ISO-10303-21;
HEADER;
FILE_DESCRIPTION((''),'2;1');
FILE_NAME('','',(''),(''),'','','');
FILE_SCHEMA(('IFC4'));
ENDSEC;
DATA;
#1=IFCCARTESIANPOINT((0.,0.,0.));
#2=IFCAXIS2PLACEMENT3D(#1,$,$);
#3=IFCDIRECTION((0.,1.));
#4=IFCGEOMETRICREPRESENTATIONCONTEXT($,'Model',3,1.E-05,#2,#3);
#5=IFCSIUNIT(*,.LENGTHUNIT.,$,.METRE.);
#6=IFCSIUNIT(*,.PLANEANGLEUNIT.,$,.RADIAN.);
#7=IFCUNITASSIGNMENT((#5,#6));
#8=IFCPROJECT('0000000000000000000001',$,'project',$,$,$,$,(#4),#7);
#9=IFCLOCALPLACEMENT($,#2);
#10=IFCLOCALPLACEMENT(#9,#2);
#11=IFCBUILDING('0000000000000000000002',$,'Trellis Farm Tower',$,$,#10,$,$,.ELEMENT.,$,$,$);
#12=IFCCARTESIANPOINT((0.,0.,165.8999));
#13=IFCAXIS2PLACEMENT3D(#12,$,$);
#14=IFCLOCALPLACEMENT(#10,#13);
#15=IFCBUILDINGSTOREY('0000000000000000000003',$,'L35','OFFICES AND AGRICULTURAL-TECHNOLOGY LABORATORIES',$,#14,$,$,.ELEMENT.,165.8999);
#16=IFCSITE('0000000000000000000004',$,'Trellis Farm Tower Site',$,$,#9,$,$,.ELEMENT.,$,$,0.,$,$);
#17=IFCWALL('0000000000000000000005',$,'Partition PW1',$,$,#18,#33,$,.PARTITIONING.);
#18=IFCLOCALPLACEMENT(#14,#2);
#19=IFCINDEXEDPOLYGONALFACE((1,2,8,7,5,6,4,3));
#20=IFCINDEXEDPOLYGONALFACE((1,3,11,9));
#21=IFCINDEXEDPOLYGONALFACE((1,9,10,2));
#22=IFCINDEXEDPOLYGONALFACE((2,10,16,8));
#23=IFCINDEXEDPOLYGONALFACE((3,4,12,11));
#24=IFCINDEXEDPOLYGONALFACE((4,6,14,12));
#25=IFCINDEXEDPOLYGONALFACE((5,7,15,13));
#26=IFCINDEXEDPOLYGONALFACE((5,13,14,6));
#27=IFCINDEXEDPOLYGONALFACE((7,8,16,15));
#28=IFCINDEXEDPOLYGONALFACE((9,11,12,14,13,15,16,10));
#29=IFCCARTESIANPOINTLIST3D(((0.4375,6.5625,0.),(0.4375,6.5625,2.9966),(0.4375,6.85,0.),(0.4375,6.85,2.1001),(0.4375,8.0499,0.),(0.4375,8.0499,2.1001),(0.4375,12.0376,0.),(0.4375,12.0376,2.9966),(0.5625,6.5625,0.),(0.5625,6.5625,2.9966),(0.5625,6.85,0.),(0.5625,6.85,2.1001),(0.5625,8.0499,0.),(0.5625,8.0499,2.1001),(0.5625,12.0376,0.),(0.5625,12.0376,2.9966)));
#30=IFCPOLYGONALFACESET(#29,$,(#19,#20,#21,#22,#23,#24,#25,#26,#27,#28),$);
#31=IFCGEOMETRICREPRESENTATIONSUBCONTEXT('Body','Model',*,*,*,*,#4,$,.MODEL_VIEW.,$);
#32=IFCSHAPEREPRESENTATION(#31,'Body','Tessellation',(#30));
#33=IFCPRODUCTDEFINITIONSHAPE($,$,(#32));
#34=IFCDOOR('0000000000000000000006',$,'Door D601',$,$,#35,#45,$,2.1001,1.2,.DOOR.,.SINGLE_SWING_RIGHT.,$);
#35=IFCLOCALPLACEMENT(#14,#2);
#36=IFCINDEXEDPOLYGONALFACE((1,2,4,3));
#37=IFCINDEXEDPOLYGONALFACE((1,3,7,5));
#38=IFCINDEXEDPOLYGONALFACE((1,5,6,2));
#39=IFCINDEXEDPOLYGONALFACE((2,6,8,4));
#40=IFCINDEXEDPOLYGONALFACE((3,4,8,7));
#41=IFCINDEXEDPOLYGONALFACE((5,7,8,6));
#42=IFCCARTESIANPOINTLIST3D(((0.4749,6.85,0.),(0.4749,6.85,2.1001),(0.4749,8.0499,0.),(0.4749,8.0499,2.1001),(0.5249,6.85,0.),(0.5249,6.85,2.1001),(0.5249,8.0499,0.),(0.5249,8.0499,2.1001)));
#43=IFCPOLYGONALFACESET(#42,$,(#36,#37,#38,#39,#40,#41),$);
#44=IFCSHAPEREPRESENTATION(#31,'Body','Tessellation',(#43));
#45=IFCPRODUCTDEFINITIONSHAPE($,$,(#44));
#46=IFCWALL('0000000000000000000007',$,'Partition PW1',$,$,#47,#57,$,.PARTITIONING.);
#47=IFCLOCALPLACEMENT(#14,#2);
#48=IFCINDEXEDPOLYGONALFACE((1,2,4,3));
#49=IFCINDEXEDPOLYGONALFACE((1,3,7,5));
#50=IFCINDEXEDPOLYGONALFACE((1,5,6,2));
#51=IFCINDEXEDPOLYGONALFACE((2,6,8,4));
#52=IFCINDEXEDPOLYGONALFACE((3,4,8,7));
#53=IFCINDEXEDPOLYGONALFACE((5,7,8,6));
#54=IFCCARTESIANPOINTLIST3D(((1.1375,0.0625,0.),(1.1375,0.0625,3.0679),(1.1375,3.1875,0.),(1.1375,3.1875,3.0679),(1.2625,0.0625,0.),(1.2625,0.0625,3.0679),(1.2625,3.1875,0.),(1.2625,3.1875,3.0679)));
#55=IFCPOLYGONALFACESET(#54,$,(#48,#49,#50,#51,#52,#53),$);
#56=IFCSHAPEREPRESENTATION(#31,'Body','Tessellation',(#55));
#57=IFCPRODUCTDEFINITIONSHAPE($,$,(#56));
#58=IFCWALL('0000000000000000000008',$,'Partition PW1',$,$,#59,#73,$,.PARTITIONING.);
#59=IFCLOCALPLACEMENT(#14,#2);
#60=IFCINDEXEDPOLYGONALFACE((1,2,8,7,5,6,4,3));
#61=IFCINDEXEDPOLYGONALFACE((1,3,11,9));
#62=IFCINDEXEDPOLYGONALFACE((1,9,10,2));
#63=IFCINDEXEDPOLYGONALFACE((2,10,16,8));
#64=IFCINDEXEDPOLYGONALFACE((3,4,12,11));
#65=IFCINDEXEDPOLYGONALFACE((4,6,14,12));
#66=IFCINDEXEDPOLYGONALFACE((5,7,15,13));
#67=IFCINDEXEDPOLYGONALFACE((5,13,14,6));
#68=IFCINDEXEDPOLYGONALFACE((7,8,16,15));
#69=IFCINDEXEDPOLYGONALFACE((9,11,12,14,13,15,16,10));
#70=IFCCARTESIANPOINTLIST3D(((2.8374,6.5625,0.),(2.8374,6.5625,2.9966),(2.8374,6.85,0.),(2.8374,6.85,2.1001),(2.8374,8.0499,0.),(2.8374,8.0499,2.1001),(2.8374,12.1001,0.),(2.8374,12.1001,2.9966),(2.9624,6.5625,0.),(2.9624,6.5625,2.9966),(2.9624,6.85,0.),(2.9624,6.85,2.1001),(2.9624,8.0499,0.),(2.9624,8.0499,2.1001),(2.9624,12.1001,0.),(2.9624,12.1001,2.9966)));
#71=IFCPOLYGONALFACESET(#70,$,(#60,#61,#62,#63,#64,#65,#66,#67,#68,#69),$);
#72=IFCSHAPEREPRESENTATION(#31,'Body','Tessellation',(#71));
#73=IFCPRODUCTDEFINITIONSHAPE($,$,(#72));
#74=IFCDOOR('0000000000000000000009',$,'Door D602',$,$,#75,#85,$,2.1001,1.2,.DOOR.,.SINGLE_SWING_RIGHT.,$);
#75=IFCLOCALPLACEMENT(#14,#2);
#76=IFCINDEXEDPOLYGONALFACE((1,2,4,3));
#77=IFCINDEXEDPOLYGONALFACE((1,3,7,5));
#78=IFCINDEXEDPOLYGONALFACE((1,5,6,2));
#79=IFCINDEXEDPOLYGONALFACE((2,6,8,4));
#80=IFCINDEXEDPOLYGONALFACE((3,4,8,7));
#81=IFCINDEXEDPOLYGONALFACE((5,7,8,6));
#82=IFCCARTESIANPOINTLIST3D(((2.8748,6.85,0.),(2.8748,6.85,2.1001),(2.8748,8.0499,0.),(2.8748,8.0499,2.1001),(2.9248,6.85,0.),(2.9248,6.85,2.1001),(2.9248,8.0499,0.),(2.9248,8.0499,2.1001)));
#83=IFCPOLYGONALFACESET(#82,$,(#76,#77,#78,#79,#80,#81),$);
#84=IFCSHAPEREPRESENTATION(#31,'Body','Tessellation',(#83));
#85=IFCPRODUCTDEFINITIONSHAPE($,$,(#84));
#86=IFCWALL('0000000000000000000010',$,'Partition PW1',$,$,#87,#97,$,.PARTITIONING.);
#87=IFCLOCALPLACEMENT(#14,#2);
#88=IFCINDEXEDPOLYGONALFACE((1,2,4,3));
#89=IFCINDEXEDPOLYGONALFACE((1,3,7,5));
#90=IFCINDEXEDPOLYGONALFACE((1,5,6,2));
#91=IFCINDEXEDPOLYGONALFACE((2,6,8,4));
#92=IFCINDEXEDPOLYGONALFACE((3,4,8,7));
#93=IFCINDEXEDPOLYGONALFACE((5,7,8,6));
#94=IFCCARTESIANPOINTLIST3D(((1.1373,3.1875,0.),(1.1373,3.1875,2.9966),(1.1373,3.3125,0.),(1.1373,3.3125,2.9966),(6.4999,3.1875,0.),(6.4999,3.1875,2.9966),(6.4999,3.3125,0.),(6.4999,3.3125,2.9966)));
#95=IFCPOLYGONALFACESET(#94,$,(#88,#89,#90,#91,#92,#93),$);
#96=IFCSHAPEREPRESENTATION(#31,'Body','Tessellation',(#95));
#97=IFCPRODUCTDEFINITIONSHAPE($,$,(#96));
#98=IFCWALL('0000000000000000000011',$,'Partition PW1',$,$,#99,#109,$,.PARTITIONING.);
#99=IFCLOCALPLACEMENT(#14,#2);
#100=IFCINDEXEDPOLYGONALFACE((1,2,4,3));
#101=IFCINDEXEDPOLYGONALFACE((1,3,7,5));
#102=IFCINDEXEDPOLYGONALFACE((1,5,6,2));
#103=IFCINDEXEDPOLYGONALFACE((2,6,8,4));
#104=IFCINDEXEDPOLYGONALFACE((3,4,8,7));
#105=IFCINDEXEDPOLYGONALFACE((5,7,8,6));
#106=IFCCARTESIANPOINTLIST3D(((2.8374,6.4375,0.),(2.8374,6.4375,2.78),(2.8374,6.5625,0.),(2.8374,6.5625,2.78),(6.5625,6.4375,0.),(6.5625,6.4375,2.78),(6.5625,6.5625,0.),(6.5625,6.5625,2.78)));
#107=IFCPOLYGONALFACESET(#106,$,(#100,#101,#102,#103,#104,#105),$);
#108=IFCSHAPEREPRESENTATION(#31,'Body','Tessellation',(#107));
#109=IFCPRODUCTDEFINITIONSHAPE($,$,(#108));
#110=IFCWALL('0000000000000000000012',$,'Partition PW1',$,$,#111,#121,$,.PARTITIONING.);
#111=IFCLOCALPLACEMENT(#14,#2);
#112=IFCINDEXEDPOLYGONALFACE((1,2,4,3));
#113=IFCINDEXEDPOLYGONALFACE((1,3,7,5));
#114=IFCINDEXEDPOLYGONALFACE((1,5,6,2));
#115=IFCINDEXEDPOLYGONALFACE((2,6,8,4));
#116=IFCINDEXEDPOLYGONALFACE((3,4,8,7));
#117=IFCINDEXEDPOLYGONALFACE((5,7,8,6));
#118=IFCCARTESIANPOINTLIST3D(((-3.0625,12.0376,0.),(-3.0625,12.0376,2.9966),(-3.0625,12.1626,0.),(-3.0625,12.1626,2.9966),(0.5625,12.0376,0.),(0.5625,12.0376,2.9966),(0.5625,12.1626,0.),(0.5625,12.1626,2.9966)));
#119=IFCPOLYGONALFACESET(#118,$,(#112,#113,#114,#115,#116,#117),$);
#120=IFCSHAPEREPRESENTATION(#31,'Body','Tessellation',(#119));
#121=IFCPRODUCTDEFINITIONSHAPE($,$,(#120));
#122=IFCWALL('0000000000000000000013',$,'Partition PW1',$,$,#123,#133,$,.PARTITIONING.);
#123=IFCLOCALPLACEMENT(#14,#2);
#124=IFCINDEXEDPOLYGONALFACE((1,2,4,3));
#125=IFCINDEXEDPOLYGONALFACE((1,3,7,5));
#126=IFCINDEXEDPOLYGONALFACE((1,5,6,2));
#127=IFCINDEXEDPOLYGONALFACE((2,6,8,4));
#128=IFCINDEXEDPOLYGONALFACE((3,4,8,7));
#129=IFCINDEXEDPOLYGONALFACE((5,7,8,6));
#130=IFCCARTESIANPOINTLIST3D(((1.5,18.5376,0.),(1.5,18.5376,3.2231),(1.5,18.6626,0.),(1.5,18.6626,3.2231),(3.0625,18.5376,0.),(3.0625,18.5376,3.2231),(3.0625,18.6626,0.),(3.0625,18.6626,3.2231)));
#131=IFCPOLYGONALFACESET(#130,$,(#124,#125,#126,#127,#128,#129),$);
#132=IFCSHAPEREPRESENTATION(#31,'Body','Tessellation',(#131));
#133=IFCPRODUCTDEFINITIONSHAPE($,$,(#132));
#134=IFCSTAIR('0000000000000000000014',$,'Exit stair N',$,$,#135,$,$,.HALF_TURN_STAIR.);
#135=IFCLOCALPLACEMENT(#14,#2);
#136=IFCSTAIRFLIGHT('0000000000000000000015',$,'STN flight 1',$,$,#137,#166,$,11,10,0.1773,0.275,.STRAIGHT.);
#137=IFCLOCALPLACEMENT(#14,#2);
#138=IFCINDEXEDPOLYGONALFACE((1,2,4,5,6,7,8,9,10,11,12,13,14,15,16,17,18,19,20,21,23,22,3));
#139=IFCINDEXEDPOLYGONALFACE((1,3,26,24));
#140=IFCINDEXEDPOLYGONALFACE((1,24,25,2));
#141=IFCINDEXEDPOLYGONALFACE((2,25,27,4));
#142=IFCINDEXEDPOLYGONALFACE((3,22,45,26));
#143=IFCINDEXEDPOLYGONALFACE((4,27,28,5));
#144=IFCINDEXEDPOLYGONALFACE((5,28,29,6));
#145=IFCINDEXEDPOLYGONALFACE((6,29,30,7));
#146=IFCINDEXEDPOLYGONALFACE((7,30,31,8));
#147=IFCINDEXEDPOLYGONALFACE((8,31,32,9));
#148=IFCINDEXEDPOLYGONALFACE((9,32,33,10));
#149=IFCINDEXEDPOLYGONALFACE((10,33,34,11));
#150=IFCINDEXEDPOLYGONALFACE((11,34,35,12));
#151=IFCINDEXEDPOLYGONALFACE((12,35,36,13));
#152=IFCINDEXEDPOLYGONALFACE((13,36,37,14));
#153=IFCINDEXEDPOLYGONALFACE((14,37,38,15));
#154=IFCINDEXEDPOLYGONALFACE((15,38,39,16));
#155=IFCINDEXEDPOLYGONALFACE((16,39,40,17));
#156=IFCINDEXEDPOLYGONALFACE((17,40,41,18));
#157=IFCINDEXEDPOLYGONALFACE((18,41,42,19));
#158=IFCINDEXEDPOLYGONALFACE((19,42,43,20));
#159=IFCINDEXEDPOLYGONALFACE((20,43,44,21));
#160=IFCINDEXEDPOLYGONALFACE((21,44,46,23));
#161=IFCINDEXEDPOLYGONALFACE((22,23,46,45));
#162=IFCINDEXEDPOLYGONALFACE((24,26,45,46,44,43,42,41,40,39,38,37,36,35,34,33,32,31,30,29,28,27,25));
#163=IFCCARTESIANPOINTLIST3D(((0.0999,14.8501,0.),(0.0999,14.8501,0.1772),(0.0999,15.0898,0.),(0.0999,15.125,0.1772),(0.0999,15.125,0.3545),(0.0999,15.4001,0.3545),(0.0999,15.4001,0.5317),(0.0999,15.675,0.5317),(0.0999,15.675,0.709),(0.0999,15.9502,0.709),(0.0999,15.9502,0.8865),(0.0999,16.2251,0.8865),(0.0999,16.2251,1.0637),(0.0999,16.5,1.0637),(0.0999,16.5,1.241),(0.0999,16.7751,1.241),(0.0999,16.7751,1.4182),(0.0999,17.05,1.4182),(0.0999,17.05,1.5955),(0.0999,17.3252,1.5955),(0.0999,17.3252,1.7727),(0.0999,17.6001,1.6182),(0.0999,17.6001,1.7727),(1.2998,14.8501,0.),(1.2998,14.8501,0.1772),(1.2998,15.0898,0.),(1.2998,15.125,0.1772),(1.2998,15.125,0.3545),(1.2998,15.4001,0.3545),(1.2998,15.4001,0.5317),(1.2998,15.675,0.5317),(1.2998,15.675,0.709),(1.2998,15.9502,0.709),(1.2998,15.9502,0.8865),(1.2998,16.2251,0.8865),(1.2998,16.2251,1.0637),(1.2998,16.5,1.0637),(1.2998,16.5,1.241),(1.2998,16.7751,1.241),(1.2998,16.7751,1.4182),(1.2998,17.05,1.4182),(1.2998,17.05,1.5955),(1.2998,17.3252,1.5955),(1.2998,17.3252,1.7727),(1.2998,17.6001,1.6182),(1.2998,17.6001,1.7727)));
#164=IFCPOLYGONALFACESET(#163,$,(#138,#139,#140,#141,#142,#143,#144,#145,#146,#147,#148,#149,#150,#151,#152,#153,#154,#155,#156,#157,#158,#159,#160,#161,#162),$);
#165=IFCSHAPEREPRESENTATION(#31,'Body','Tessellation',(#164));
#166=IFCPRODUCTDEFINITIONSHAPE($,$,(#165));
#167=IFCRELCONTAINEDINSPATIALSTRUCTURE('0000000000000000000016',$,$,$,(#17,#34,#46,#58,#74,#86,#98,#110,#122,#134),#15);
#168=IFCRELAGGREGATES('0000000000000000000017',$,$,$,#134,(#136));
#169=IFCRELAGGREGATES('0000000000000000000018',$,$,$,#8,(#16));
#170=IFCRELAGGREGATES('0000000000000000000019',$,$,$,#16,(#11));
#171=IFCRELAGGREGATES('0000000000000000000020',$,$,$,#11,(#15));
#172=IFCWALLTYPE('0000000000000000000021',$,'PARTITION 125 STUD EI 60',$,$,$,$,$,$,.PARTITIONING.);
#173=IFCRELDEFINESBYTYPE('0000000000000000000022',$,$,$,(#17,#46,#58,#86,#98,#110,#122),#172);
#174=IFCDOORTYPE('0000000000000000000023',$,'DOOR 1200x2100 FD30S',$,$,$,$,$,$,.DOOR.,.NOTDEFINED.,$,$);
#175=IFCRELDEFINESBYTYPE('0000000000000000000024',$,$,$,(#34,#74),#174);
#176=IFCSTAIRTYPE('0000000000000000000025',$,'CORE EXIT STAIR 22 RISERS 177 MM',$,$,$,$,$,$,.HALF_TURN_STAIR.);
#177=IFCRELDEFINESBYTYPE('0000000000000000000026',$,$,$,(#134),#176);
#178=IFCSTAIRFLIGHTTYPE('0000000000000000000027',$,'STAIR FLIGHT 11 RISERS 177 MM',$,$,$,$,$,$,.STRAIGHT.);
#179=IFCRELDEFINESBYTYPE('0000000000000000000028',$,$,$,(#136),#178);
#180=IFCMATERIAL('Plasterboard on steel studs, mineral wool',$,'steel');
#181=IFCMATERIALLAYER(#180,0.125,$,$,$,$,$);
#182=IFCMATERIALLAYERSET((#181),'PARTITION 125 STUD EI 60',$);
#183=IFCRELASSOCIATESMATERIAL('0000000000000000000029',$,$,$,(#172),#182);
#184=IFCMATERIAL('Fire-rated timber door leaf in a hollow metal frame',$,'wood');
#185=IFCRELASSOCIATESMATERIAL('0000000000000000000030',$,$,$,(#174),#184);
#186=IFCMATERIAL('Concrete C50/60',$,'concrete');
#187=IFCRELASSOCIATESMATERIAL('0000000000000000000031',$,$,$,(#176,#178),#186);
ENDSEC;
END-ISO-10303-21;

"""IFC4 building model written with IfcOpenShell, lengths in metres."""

from ifc_helpers import new_model, si_unit, direction, frame, frame_2d, origin, place, context, subcontext, project, spatial, polyline, rectangle, outline, extrude, source, transform, mapped, material, layer, layer_set, type_object, element, fill, aggregate, save


model = new_model("IFC4")

# Units and contexts
model_context = context("Model", 3, precision=1e-05, world=origin(), true_north=direction((0.0, 1.0)))
body_context = subcontext(model_context, "Body", "Model", "MODEL_VIEW")
ifc_project = project(units=[si_unit("LENGTHUNIT", "METRE"), si_unit("PLANEANGLEUNIT", "RADIAN")], contexts=[model_context])

# Site, building, storey
site_placement = place(None, origin())
site = spatial("IfcSite", under=ifc_project, at=site_placement, Name="Trellis Farm Tower Site", CompositionType="ELEMENT", RefElevation=0.0)
building_placement = place(site_placement, origin())
building = spatial("IfcBuilding", under=site, at=building_placement, Name="Trellis Farm Tower", CompositionType="ELEMENT")
storey_placement = place(building_placement, frame((0.0, 0.0, 165.8999)))
storey = spatial("IfcBuildingStorey", under=building, at=storey_placement, Name="L35", Description="OFFICES AND AGRICULTURAL-TECHNOLOGY LABORATORIES", CompositionType="ELEMENT", Elevation=165.8999)

# Shared definitions
placement_1 = place(storey_placement, origin())

# Wall, opening, door
ifc_material_1 = material(Name="Plasterboard on steel studs, mineral wool", Category="steel")
ifc_layer_1 = layer(ifc_material_1, 0.125)
ifc_layer_set_1 = layer_set([ifc_layer_1], Name="PARTITION 125 STUD EI 60")
wall_type_1 = type_object("IfcWallType", Name="PARTITION 125 STUD EI 60", PredefinedType="PARTITIONING", material=ifc_layer_set_1)
shared_shape_1 = source(origin(), body_context, "Body", "SweptSolid", [
    extrude(rectangle(XDim=5.4751, YDim=0.125, at=frame_2d((2.7375, 0.0))), origin(), (0.0, 0.0, 1.0), 2.9966),
])
wall_1_placement = place(storey_placement, frame((0.5, 12.0376, 0.0), z_axis=(0.0, 0.0, 1.0), x_axis=(0.0, -1.0, 0.0)))
wall_1 = element("IfcWall", 1, at=wall_1_placement, inside=storey, type_object=wall_type_1, Name="Partition PW1", PredefinedType="PARTITIONING", context=body_context, shape_type="MappedRepresentation", body=[
    mapped(shared_shape_1, transform((0.0, 0.0, 0.0))),
])
shared_shape_2 = source(origin(), body_context, "Body", "SweptSolid", [
    extrude(rectangle(XDim=1.2, YDim=2.1001, at=frame_2d((0.6001, 1.05))), frame((0.0, 0.0725, 0.0), z_axis=(0.0, -1.0, 0.0), x_axis=(1.0, 0.0, 0.0)), (0.0, 0.0, 1.0), 0.145),
])
opening_1_placement = place(wall_1_placement, frame((3.9875, 0.0, 0.0)))
opening_1 = element("IfcOpeningElement", 2, at=opening_1_placement, cuts=wall_1, PredefinedType="OPENING", context=body_context, shape_type="MappedRepresentation", body=[
    mapped(shared_shape_2, transform((0.0, 0.0, 0.0))),
])
ifc_material_2 = material(Name="Fire-rated timber door leaf in a hollow metal frame", Category="wood")
door_type = type_object("IfcDoorType", Name="DOOR 1200x2100 FD30S", OperationType="NOTDEFINED", PredefinedType="DOOR", material=ifc_material_2)
shared_shape_3 = source(origin(), body_context, "Body", "SweptSolid", [
    extrude(rectangle(XDim=1.2, YDim=2.1001, at=frame_2d((0.6001, 1.05))), frame((0.0, 0.0249, 0.0), z_axis=(0.0, -1.0, 0.0), x_axis=(1.0, 0.0, 0.0)), (0.0, 0.0, 1.0), 0.05),
])
door_1_placement = place(opening_1_placement, origin())
door_1 = element("IfcDoor", 3, at=door_1_placement, inside=storey, type_object=door_type, Name="Door D601", OperationType="SINGLE_SWING_RIGHT", OverallHeight=2.1001, OverallWidth=1.2, PredefinedType="DOOR", context=body_context, shape_type="MappedRepresentation", body=[
    mapped(shared_shape_3, transform((0.0, 0.0, 0.0))),
])
fill(opening_1, door_1)

# Wall
shared_shape_4 = source(origin(), body_context, "Body", "SweptSolid", [
    extrude(rectangle(XDim=3.125, YDim=0.125, at=frame_2d((1.5625, 0.0))), origin(), (0.0, 0.0, 1.0), 3.0679),
])
wall_2_placement = place(storey_placement, frame((1.2, 3.1875, 0.0), z_axis=(0.0, 0.0, 1.0), x_axis=(0.0, -1.0, 0.0)))
element("IfcWall", 4, at=wall_2_placement, inside=storey, type_object=wall_type_1, Name="Partition PW1", PredefinedType="PARTITIONING", context=body_context, shape_type="MappedRepresentation", body=[
    mapped(shared_shape_4, transform((0.0, 0.0, 0.0))),
])

# Wall, opening, door
shared_shape_5 = source(origin(), body_context, "Body", "SweptSolid", [
    extrude(rectangle(XDim=5.5376, YDim=0.125, at=frame_2d((2.7688, 0.0))), origin(), (0.0, 0.0, 1.0), 2.9966),
])
wall_3_placement = place(storey_placement, frame((2.8999, 12.1001, 0.0), z_axis=(0.0, 0.0, 1.0), x_axis=(0.0, -1.0, 0.0)))
wall_3 = element("IfcWall", 5, at=wall_3_placement, inside=storey, type_object=wall_type_1, Name="Partition PW1", PredefinedType="PARTITIONING", context=body_context, shape_type="MappedRepresentation", body=[
    mapped(shared_shape_5, transform((0.0, 0.0, 0.0))),
])
opening_2_placement = place(wall_3_placement, frame((4.05, 0.0, 0.0)))
opening_2 = element("IfcOpeningElement", 6, at=opening_2_placement, cuts=wall_3, PredefinedType="OPENING", context=body_context, shape_type="MappedRepresentation", body=[
    mapped(shared_shape_2, transform((0.0, 0.0, 0.0))),
])
door_2_placement = place(opening_2_placement, origin())
door_2 = element("IfcDoor", 7, at=door_2_placement, inside=storey, type_object=door_type, Name="Door D602", OperationType="SINGLE_SWING_RIGHT", OverallHeight=2.1001, OverallWidth=1.2, PredefinedType="DOOR", context=body_context, shape_type="MappedRepresentation", body=[
    mapped(shared_shape_3, transform((0.0, 0.0, 0.0))),
])
fill(opening_2, door_2)

# Walls
shared_shape_6 = source(origin(), body_context, "Body", "SweptSolid", [
    extrude(rectangle(XDim=5.3625, YDim=0.125, at=frame_2d((2.6812, 0.0))), origin(), (0.0, 0.0, 1.0), 2.9966),
])
wall_4_placement = place(storey_placement, frame((1.1375, 3.25, 0.0), z_axis=(0.0, 0.0, 1.0), x_axis=(1.0, 0.0, 0.0)))
element("IfcWall", 8, at=wall_4_placement, inside=storey, type_object=wall_type_1, Name="Partition PW1", PredefinedType="PARTITIONING", context=body_context, shape_type="MappedRepresentation", body=[
    mapped(shared_shape_6, transform((0.0, 0.0, 0.0))),
])
shared_shape_7 = source(origin(), body_context, "Body", "SweptSolid", [
    extrude(rectangle(XDim=3.7251, YDim=0.125, at=frame_2d((1.8625, 0.0))), origin(), (0.0, 0.0, 1.0), 2.78),
])
wall_5_placement = place(storey_placement, frame((2.8374, 6.5, 0.0), z_axis=(0.0, 0.0, 1.0), x_axis=(1.0, 0.0, 0.0)))
element("IfcWall", 9, at=wall_5_placement, inside=storey, type_object=wall_type_1, Name="Partition PW1", PredefinedType="PARTITIONING", context=body_context, shape_type="MappedRepresentation", body=[
    mapped(shared_shape_7, transform((0.0, 0.0, 0.0))),
])
shared_shape_8 = source(origin(), body_context, "Body", "SweptSolid", [
    extrude(rectangle(XDim=3.625, YDim=0.125, at=frame_2d((1.8125, 0.0))), origin(), (0.0, 0.0, 1.0), 2.9966),
])
wall_6_placement = place(storey_placement, frame((0.5625, 12.1001, 0.0), z_axis=(0.0, 0.0, 1.0), x_axis=(-1.0, 0.0, 0.0)))
element("IfcWall", 10, at=wall_6_placement, inside=storey, type_object=wall_type_1, Name="Partition PW1", PredefinedType="PARTITIONING", context=body_context, shape_type="MappedRepresentation", body=[
    mapped(shared_shape_8, transform((0.0, 0.0, 0.0))),
])
shared_shape_9 = source(origin(), body_context, "Body", "SweptSolid", [
    extrude(rectangle(XDim=1.5625, YDim=0.125, at=frame_2d((0.7812, 0.0))), origin(), (0.0, 0.0, 1.0), 3.2231),
])
wall_7_placement = place(storey_placement, frame((1.5, 18.6001, 0.0), z_axis=(0.0, 0.0, 1.0), x_axis=(1.0, 0.0, 0.0)))
element("IfcWall", 11, at=wall_7_placement, inside=storey, type_object=wall_type_1, Name="Partition PW1", PredefinedType="PARTITIONING", context=body_context, shape_type="MappedRepresentation", body=[
    mapped(shared_shape_9, transform((0.0, 0.0, 0.0))),
])

# Stair, stair flight
ifc_material_3 = material(Name="Concrete C50/60", Category="concrete")
stair_type = type_object("IfcStairType", Name="CORE EXIT STAIR 22 RISERS 177 MM", PredefinedType="HALF_TURN_STAIR", material=ifc_material_3)
stair = element("IfcStair", 12, at=placement_1, inside=storey, type_object=stair_type, Name="Exit stair N", PredefinedType="HALF_TURN_STAIR")
stair_flight_type = type_object("IfcStairFlightType", Name="STAIR FLIGHT 11 RISERS 177 MM", PredefinedType="STRAIGHT", material=ifc_material_3)
shared_shape_10 = source(origin(), body_context, "Body", "SweptSolid", [
    extrude(outline(polyline([(0.0, 0.0), (0.0, 0.1772), (0.2749, 0.1772), (0.2749, 0.3545), (0.55, 0.3545), (0.55, 0.5317), (0.825, 0.5317), (0.825, 0.709), (1.1001, 0.709), (1.1001, 0.8865), (1.375, 0.8865), (1.375, 1.0637), (1.6499, 1.0637), (1.6499, 1.241), (1.925, 1.241), (1.925, 1.4182), (2.2, 1.4182), (2.2, 1.5955), (2.4751, 1.5955), (2.4751, 1.7727), (2.75, 1.7727), (2.75, 1.95), (2.75, 1.6182), (0.2397, 0.0), (0.0, 0.0)])), frame((0.0, 0.6001, 0.0), z_axis=(0.0, -1.0, 0.0), x_axis=(1.0, 0.0, 0.0)), (0.0, 0.0, 1.0), 1.2),
])
stair_flight_placement = place(storey_placement, frame((0.7, 14.8501, 0.0), z_axis=(0.0, 0.0, 1.0), x_axis=(0.0, 1.0, 0.0)))
stair_flight = element("IfcStairFlight", 13, at=stair_flight_placement, type_object=stair_flight_type, Name="STN flight 1", NumberOfRisers=11, NumberOfTreads=10, PredefinedType="STRAIGHT", RiserHeight=0.1773, TreadLength=0.275, context=body_context, shape_type="MappedRepresentation", body=[
    mapped(shared_shape_10, transform((0.0, 0.0, 0.0))),
])
aggregate(stair, [stair_flight])

save(model, "model.ifc")
